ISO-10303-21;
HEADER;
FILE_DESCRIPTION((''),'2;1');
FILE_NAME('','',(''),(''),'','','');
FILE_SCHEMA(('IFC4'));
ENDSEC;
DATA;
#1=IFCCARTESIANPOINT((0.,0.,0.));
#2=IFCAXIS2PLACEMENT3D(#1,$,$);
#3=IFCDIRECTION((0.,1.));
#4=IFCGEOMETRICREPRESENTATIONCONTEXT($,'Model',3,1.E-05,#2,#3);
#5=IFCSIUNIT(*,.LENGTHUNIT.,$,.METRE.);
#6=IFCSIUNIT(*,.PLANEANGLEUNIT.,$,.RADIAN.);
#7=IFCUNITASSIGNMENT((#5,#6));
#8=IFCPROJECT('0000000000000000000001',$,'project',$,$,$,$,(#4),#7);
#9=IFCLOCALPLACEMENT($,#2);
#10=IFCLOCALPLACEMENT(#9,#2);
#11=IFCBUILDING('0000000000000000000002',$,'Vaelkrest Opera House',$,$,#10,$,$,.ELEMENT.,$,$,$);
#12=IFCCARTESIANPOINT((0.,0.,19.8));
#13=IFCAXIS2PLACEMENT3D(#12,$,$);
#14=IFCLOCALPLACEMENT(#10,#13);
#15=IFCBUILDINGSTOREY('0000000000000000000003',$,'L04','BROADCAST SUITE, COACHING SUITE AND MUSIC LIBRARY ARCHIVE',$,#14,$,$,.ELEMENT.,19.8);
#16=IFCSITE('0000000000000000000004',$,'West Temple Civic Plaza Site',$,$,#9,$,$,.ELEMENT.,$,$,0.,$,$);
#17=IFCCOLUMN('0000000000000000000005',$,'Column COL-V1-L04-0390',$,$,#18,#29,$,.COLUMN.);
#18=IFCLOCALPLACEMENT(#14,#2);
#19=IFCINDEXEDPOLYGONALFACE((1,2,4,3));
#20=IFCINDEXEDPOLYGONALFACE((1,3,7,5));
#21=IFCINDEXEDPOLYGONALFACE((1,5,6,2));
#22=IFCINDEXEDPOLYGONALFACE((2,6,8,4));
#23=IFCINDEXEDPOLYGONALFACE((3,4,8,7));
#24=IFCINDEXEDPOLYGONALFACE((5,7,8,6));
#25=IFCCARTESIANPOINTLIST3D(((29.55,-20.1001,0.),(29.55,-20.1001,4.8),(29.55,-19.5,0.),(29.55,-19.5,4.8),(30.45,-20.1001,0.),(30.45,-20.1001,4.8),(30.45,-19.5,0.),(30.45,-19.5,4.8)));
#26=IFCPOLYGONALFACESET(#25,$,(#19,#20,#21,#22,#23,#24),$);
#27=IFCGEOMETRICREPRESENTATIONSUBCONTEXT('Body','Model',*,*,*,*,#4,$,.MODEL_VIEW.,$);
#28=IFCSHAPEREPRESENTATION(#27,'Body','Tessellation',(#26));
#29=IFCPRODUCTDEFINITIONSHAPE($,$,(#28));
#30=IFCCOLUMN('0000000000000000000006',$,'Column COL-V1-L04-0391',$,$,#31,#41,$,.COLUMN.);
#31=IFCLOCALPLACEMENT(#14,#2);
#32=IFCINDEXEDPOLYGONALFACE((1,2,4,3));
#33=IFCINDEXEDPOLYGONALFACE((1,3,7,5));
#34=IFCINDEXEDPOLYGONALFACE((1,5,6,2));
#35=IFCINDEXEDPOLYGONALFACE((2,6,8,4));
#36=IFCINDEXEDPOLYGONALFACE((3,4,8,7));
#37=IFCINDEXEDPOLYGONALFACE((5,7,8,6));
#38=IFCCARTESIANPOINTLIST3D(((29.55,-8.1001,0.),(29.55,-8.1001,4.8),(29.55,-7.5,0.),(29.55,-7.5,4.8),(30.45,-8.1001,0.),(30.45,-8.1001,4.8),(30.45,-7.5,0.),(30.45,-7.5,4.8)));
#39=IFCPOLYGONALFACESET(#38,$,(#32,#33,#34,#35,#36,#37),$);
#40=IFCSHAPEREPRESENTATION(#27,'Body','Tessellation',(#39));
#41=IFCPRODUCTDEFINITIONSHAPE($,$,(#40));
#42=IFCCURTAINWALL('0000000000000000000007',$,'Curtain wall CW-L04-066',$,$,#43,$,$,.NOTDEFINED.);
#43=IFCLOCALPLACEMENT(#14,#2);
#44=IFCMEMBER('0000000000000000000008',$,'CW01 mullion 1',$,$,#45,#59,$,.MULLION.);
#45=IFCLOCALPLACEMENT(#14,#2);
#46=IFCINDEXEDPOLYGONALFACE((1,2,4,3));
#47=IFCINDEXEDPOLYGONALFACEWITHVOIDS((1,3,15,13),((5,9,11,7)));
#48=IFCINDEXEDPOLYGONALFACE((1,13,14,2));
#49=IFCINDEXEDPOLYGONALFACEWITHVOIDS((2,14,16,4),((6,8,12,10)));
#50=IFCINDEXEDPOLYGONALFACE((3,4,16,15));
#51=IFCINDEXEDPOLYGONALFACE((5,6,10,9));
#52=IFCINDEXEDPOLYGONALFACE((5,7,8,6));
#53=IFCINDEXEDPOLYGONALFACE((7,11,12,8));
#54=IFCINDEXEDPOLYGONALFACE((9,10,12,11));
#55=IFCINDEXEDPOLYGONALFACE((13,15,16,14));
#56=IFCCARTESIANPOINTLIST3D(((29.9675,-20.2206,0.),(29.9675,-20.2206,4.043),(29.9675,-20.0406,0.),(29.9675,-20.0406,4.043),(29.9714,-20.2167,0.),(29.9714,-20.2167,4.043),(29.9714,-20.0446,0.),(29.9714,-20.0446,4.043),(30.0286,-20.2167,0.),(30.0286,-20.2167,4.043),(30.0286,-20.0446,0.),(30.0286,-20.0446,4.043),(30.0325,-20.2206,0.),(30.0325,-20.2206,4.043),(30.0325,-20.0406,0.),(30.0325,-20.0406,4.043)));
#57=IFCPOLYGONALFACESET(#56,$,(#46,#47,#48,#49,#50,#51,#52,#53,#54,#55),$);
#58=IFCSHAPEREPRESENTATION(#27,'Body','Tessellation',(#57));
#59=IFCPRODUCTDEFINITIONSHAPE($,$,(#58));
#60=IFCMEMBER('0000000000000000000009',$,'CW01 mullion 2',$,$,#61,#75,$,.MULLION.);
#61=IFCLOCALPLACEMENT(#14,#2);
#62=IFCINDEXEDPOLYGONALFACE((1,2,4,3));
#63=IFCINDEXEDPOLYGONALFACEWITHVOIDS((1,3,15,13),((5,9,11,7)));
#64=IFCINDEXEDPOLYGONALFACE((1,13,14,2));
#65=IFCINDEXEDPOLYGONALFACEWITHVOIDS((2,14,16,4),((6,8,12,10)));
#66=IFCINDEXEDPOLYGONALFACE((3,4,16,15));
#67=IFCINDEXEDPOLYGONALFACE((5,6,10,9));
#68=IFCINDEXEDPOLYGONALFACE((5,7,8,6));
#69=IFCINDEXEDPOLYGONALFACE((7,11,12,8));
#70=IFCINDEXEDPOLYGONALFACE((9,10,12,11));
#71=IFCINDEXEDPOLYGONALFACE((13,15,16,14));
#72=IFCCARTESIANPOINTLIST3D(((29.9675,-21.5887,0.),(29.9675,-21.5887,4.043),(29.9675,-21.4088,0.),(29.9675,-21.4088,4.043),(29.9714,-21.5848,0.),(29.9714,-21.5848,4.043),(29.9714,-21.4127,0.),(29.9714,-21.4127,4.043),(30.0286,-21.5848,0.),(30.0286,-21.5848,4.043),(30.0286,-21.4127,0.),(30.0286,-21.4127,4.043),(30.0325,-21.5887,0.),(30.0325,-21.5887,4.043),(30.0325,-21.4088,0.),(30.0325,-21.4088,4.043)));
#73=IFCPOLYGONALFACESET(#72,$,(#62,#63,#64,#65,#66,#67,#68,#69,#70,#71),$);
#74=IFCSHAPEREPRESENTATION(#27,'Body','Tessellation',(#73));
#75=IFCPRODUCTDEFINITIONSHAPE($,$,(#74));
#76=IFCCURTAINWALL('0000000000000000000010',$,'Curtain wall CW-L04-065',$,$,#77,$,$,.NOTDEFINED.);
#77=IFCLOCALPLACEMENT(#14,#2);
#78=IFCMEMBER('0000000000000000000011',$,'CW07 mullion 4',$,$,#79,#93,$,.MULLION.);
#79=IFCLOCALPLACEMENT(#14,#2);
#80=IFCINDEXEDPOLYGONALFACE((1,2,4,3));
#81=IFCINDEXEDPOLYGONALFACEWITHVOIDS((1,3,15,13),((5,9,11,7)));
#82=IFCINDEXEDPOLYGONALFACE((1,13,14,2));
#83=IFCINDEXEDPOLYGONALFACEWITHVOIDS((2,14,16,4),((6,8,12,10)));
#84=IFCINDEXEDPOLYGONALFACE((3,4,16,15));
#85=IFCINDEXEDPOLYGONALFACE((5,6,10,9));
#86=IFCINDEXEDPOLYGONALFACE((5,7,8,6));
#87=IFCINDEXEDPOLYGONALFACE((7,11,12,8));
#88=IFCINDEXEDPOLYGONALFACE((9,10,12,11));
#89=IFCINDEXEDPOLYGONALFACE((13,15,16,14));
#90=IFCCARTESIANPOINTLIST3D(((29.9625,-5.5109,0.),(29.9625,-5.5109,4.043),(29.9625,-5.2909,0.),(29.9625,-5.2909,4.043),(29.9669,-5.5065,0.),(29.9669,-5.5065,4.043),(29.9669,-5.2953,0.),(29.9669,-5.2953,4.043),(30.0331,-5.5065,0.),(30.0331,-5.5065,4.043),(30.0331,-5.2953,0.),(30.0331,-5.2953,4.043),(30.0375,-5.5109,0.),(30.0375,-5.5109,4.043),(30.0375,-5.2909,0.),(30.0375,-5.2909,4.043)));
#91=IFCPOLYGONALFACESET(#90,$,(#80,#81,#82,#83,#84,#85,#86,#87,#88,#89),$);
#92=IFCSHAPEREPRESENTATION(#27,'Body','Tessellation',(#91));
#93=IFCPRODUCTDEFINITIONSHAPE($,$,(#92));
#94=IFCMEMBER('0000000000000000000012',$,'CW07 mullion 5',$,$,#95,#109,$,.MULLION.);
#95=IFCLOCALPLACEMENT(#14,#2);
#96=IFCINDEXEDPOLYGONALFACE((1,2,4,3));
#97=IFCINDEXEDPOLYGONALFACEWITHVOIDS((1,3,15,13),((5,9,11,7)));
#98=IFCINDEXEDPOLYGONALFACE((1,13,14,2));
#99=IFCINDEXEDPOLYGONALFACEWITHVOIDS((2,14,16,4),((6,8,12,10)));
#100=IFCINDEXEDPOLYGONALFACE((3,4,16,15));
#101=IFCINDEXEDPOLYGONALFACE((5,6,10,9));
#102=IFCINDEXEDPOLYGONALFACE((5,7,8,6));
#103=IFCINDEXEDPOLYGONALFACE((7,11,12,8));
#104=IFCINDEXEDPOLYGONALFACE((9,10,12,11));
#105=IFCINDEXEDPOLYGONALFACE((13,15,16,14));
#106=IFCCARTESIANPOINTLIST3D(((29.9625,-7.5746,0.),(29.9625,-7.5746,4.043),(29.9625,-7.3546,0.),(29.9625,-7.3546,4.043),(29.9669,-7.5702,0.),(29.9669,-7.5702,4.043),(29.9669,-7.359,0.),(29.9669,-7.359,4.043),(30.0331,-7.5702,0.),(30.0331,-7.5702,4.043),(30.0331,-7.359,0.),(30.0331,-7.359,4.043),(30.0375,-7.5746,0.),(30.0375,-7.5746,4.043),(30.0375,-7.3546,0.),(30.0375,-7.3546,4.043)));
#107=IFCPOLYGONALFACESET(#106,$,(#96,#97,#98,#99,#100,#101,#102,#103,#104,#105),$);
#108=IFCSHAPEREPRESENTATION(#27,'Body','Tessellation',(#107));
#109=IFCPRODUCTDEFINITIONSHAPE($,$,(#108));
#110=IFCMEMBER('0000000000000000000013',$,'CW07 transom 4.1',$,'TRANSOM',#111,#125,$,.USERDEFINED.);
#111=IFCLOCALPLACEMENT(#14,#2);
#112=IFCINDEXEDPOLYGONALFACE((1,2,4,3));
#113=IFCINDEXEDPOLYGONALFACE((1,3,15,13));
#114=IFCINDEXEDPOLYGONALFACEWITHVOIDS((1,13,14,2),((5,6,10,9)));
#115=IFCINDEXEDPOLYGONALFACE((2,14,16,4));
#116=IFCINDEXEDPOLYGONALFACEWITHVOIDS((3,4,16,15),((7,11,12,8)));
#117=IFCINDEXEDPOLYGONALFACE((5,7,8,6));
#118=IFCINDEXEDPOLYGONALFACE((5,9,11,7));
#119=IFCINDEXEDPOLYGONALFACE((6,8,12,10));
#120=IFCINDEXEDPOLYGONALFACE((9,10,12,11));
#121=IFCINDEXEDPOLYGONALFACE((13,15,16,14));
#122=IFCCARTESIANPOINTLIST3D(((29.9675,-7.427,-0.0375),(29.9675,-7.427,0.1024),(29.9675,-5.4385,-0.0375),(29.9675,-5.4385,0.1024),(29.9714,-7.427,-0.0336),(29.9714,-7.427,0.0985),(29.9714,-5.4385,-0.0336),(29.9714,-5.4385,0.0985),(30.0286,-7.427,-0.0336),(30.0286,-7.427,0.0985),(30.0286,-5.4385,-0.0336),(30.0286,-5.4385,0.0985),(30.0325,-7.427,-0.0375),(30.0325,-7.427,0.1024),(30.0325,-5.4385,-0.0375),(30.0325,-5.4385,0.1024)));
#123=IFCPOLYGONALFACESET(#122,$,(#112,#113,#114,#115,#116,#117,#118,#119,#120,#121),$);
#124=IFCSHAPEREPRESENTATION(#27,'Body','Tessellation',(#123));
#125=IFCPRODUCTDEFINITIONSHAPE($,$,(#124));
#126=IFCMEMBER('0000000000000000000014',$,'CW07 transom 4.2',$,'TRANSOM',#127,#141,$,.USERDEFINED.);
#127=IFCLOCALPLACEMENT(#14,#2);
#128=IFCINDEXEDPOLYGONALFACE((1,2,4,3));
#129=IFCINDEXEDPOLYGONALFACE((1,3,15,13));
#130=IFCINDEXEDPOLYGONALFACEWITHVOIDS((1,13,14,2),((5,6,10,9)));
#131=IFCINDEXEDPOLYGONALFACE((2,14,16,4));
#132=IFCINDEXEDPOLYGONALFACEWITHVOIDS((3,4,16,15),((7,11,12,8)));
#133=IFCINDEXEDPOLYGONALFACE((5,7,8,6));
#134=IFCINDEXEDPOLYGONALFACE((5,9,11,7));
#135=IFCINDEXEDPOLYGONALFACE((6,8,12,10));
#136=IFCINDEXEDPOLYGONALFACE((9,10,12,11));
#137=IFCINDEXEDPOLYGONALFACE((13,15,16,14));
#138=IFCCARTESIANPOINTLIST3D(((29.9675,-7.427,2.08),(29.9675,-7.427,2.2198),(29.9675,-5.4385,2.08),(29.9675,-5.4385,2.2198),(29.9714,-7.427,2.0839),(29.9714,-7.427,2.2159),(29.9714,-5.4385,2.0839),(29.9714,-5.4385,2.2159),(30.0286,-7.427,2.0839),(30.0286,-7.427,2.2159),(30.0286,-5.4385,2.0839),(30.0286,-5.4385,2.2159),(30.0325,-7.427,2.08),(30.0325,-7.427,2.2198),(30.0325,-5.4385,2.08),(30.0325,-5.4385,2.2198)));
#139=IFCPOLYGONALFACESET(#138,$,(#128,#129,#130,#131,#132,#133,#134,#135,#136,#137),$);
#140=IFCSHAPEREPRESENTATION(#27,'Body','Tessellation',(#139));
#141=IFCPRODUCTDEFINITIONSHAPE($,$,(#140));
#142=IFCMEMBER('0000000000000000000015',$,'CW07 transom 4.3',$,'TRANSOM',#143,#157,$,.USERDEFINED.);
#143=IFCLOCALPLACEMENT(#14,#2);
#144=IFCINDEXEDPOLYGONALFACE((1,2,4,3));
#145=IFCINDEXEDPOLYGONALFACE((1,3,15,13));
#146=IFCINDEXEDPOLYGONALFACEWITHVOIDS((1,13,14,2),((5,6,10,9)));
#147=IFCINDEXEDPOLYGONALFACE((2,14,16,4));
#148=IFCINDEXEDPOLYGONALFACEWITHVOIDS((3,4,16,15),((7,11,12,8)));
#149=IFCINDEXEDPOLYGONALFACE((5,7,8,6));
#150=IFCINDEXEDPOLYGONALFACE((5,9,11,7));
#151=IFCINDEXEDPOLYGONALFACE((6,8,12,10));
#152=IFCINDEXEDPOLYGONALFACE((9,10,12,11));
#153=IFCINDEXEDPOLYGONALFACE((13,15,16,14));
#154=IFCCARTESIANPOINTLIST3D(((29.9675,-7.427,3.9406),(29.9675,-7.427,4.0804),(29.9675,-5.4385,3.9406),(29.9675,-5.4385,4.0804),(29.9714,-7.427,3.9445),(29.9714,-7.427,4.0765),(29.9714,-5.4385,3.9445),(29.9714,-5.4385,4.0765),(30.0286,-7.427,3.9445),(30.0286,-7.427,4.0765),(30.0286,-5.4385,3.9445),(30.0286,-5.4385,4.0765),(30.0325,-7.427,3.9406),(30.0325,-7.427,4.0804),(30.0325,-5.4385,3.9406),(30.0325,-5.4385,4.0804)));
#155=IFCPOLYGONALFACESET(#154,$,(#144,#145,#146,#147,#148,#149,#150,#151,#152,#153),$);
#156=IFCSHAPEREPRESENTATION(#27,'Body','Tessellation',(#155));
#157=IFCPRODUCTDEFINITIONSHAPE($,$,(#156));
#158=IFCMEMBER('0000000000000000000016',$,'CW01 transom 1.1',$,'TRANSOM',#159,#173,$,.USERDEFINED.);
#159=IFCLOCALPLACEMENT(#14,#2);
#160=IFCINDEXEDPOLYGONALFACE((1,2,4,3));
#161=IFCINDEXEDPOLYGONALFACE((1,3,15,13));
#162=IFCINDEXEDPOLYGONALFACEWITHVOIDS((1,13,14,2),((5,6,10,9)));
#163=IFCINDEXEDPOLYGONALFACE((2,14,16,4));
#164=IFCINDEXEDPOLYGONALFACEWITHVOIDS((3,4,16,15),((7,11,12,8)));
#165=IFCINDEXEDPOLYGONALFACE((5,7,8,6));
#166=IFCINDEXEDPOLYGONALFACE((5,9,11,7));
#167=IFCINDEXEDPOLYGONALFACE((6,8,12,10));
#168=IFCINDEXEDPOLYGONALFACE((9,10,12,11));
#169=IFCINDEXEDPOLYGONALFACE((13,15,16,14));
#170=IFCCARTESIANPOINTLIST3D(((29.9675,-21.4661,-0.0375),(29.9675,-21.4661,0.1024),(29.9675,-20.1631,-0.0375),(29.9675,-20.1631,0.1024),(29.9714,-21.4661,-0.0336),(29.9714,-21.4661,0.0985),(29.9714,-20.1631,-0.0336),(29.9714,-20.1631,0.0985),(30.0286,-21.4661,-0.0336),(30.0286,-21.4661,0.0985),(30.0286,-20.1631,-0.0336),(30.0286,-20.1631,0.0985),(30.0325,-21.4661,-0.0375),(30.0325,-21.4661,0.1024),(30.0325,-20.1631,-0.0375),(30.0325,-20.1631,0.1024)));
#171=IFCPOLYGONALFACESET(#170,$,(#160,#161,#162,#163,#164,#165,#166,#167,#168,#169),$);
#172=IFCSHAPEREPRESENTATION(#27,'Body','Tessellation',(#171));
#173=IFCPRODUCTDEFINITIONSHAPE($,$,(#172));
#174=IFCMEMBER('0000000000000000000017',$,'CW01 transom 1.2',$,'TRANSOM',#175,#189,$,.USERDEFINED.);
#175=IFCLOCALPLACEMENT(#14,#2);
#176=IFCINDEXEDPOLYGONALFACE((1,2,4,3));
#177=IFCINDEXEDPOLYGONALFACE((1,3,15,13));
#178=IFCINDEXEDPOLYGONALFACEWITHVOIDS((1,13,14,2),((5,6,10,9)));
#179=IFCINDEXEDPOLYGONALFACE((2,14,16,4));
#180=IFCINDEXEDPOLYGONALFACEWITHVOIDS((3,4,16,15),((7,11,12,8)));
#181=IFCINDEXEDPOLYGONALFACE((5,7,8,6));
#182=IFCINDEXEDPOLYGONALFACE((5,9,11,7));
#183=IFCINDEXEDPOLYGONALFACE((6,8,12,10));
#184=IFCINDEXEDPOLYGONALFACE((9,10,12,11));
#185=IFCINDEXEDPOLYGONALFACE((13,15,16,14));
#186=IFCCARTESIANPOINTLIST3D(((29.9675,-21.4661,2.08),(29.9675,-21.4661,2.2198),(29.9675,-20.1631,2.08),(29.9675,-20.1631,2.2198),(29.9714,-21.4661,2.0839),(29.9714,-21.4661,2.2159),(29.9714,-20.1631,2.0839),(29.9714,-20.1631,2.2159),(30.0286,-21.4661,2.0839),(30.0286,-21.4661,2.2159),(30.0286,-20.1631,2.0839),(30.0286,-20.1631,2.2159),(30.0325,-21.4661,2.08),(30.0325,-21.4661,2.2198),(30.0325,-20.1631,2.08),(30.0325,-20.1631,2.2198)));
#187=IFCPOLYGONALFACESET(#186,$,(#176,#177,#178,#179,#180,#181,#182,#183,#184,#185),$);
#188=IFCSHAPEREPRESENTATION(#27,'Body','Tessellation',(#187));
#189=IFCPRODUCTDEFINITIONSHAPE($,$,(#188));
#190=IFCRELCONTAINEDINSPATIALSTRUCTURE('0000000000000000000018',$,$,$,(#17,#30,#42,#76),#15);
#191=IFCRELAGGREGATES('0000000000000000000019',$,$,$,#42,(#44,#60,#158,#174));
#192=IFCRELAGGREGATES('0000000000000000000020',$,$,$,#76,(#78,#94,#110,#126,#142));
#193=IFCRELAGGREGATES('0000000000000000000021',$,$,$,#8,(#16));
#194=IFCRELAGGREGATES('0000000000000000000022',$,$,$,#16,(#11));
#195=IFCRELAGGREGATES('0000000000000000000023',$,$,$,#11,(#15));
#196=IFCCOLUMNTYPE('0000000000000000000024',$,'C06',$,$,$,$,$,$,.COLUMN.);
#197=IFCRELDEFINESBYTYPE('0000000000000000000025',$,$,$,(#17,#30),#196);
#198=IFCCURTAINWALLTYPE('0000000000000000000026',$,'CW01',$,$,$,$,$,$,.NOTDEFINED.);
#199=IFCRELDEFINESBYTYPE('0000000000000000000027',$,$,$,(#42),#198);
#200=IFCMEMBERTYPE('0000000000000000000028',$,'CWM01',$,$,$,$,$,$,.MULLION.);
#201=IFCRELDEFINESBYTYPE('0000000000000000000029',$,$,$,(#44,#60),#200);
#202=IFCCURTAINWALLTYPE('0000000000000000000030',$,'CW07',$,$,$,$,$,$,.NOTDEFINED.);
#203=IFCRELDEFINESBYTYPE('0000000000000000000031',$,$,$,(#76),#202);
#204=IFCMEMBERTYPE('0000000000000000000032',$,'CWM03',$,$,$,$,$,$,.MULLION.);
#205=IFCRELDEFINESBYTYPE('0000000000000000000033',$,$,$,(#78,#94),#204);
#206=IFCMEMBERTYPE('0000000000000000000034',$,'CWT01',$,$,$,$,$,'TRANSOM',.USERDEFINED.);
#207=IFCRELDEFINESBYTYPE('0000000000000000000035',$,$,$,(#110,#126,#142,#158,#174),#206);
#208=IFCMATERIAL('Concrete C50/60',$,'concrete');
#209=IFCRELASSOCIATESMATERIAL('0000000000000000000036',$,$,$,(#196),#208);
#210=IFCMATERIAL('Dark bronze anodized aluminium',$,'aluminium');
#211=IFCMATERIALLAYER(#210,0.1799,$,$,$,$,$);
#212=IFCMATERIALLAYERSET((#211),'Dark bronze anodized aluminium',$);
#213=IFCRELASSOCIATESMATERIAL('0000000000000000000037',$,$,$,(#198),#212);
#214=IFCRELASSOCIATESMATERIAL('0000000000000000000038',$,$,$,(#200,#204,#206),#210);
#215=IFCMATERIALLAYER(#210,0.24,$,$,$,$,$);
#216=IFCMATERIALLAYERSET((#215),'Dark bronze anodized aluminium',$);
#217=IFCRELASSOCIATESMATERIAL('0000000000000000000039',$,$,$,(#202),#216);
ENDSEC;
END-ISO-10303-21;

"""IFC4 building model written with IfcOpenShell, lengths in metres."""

from ifc_helpers import new_model, si_unit, direction, frame, origin, origin_2d, place, context, subcontext, project, spatial, rectangle, hollow_rectangle, extrude, material, layer, layer_set, material_profile, profile_set, type_object, element, aggregate, save


model = new_model("IFC4")

# Units and contexts
model_context = context("Model", 3, precision=1e-05, world=origin(), true_north=direction((0.0, 1.0)))
body_context = subcontext(model_context, "Body", "Model", "MODEL_VIEW")
ifc_project = project(units=[si_unit("LENGTHUNIT", "METRE"), si_unit("PLANEANGLEUNIT", "RADIAN")], contexts=[model_context])

# Site, building, storey
site_placement = place(None, origin())
site = spatial("IfcSite", under=ifc_project, at=site_placement, Name="West Temple Civic Plaza Site", CompositionType="ELEMENT", RefElevation=0.0)
building_placement = place(site_placement, origin())
building = spatial("IfcBuilding", under=site, at=building_placement, Name="Vaelkrest Opera House", CompositionType="ELEMENT")
storey_placement = place(building_placement, frame((0.0, 0.0, 19.8)))
storey = spatial("IfcBuildingStorey", under=building, at=storey_placement, Name="L04", Description="BROADCAST SUITE, COACHING SUITE AND MUSIC LIBRARY ARCHIVE", CompositionType="ELEMENT", Elevation=19.8)

# Columns
ifc_material_1 = material(Name="Concrete C50/60", Category="concrete")
ifc_material_profile_1 = material_profile(ifc_material_1, rectangle(XDim=0.6001, YDim=0.8999, at=origin_2d()), Name="RC600X900")
ifc_profile_set_1 = profile_set([ifc_material_profile_1], Name="Concrete C50/60")
column_type = type_object("IfcColumnType", Name="C06", PredefinedType="COLUMN", material=ifc_profile_set_1)
for number, where, z_axis, x_axis, name in (
    (1, (30.0, -19.8, 0.0), (0.0, 0.0, 1.0), (0.0, 1.0, 0.0), "Column COL-V1-L04-0390"),
    (2, (30.0, -7.8, 0.0), (0.0, 0.0, 1.0), (0.0, 1.0, 0.0), "Column COL-V1-L04-0391"),
):
    element("IfcColumn", number, at=place(storey_placement, frame(where, z_axis=z_axis, x_axis=x_axis)), inside=storey, type_object=column_type, Name=name, PredefinedType="COLUMN", context=body_context, shape_type="SweptSolid", body=[
        extrude(rectangle(XDim=0.6001, YDim=0.8999, at=origin_2d()), origin(), (0.0, 0.0, 1.0), 4.8),
    ])

# Curtain walls, members
ifc_material_2 = material(Name="Dark bronze anodized aluminium", Category="aluminium")
ifc_layer_1 = layer(ifc_material_2, 0.1799)
ifc_layer_set_1 = layer_set([ifc_layer_1], Name="Dark bronze anodized aluminium")
curtain_wall_type_1 = type_object("IfcCurtainWallType", Name="CW01", PredefinedType="NOTDEFINED", material=ifc_layer_set_1)
curtain_wall_1_placement = place(storey_placement, origin())
curtain_wall_1 = element("IfcCurtainWall", 3, at=curtain_wall_1_placement, inside=storey, type_object=curtain_wall_type_1, Name="Curtain wall CW-L04-066", PredefinedType="NOTDEFINED")
ifc_material_profile_2 = material_profile(ifc_material_2, hollow_rectangle(XDim=0.0649, YDim=0.1799, WallThickness=0.0039, at=origin_2d()), Name="CWM65X180")
ifc_profile_set_2 = profile_set([ifc_material_profile_2], Name="Dark bronze anodized aluminium")
member_type_1 = type_object("IfcMemberType", Name="CWM01", PredefinedType="MULLION", material=ifc_profile_set_2)
member_1_placement = place(storey_placement, frame((30.0, -20.1306, 0.0), z_axis=(0.0, 0.0, 1.0), x_axis=(1.0, 0.0, 0.0)))
member_1 = element("IfcMember", 4, at=member_1_placement, type_object=member_type_1, Name="CW01 mullion 1", PredefinedType="MULLION", context=body_context, shape_type="SweptSolid", body=[
    extrude(hollow_rectangle(XDim=0.0649, YDim=0.1799, WallThickness=0.0039, at=origin_2d()), origin(), (0.0, 0.0, 1.0), 4.043),
])
member_2_placement = place(storey_placement, frame((30.0, -21.4988, 0.0), z_axis=(0.0, 0.0, 1.0), x_axis=(1.0, 0.0, 0.0)))
member_2 = element("IfcMember", 5, at=member_2_placement, type_object=member_type_1, Name="CW01 mullion 2", PredefinedType="MULLION", context=body_context, shape_type="SweptSolid", body=[
    extrude(hollow_rectangle(XDim=0.0649, YDim=0.1799, WallThickness=0.0039, at=origin_2d()), origin(), (0.0, 0.0, 1.0), 4.043),
])
ifc_layer_2 = layer(ifc_material_2, 0.24)
ifc_layer_set_2 = layer_set([ifc_layer_2], Name="Dark bronze anodized aluminium")
curtain_wall_type_2 = type_object("IfcCurtainWallType", Name="CW07", PredefinedType="NOTDEFINED", material=ifc_layer_set_2)
curtain_wall_2_placement = place(storey_placement, origin())
curtain_wall_2 = element("IfcCurtainWall", 6, at=curtain_wall_2_placement, inside=storey, type_object=curtain_wall_type_2, Name="Curtain wall CW-L04-065", PredefinedType="NOTDEFINED")
ifc_material_profile_3 = material_profile(ifc_material_2, hollow_rectangle(XDim=0.075, YDim=0.22, WallThickness=0.0044, at=origin_2d()), Name="CWM75X220")
ifc_profile_set_3 = profile_set([ifc_material_profile_3], Name="Dark bronze anodized aluminium")
member_type_2 = type_object("IfcMemberType", Name="CWM03", PredefinedType="MULLION", material=ifc_profile_set_3)
member_3_placement = place(storey_placement, frame((30.0, -5.4009, 0.0), z_axis=(0.0, 0.0, 1.0), x_axis=(1.0, 0.0, 0.0)))
member_3 = element("IfcMember", 7, at=member_3_placement, type_object=member_type_2, Name="CW07 mullion 4", PredefinedType="MULLION", context=body_context, shape_type="SweptSolid", body=[
    extrude(hollow_rectangle(XDim=0.075, YDim=0.22, WallThickness=0.0044, at=origin_2d()), origin(), (0.0, 0.0, 1.0), 4.043),
])
member_4_placement = place(storey_placement, frame((30.0, -7.4646, 0.0), z_axis=(0.0, 0.0, 1.0), x_axis=(1.0, 0.0, 0.0)))
member_4 = element("IfcMember", 8, at=member_4_placement, type_object=member_type_2, Name="CW07 mullion 5", PredefinedType="MULLION", context=body_context, shape_type="SweptSolid", body=[
    extrude(hollow_rectangle(XDim=0.075, YDim=0.22, WallThickness=0.0044, at=origin_2d()), origin(), (0.0, 0.0, 1.0), 4.043),
])
ifc_material_profile_4 = material_profile(ifc_material_2, hollow_rectangle(XDim=0.0649, YDim=0.1399, WallThickness=0.0039, at=origin_2d()), Name="CWT65X140")
ifc_profile_set_4 = profile_set([ifc_material_profile_4], Name="Dark bronze anodized aluminium")
member_type_3 = type_object("IfcMemberType", Name="CWT01", ElementType="TRANSOM", PredefinedType="USERDEFINED", material=ifc_profile_set_4)
member_5_placement = place(storey_placement, frame((30.0, -5.4385, 0.0325), z_axis=(0.0, -1.0, 0.0), x_axis=(1.0, 0.0, 0.0)))
member_5 = element("IfcMember", 9, at=member_5_placement, type_object=member_type_3, Name="CW07 transom 4.1", ObjectType="TRANSOM", PredefinedType="USERDEFINED", context=body_context, shape_type="SweptSolid", body=[
    extrude(hollow_rectangle(XDim=0.0649, YDim=0.1399, WallThickness=0.0039, at=origin_2d()), origin(), (0.0, 0.0, 1.0), 1.9885),
])
member_6_placement = place(storey_placement, frame((30.0, -5.4385, 2.1499), z_axis=(0.0, -1.0, 0.0), x_axis=(1.0, 0.0, 0.0)))
member_6 = element("IfcMember", 10, at=member_6_placement, type_object=member_type_3, Name="CW07 transom 4.2", ObjectType="TRANSOM", PredefinedType="USERDEFINED", context=body_context, shape_type="SweptSolid", body=[
    extrude(hollow_rectangle(XDim=0.0649, YDim=0.1399, WallThickness=0.0039, at=origin_2d()), origin(), (0.0, 0.0, 1.0), 1.9885),
])
member_7_placement = place(storey_placement, frame((30.0, -5.4385, 4.0105), z_axis=(0.0, -1.0, 0.0), x_axis=(1.0, 0.0, 0.0)))
member_7 = element("IfcMember", 11, at=member_7_placement, type_object=member_type_3, Name="CW07 transom 4.3", ObjectType="TRANSOM", PredefinedType="USERDEFINED", context=body_context, shape_type="SweptSolid", body=[
    extrude(hollow_rectangle(XDim=0.0649, YDim=0.1399, WallThickness=0.0039, at=origin_2d()), origin(), (0.0, 0.0, 1.0), 1.9885),
])

# Members
member_8_placement = place(storey_placement, frame((30.0, -20.1631, 0.0325), z_axis=(0.0, -1.0, 0.0), x_axis=(1.0, 0.0, 0.0)))
member_8 = element("IfcMember", 12, at=member_8_placement, type_object=member_type_3, Name="CW01 transom 1.1", ObjectType="TRANSOM", PredefinedType="USERDEFINED", context=body_context, shape_type="SweptSolid", body=[
    extrude(hollow_rectangle(XDim=0.0649, YDim=0.1399, WallThickness=0.0039, at=origin_2d()), origin(), (0.0, 0.0, 1.0), 1.303),
])
member_9_placement = place(storey_placement, frame((30.0, -20.1631, 2.1499), z_axis=(0.0, -1.0, 0.0), x_axis=(1.0, 0.0, 0.0)))
member_9 = element("IfcMember", 13, at=member_9_placement, type_object=member_type_3, Name="CW01 transom 1.2", ObjectType="TRANSOM", PredefinedType="USERDEFINED", context=body_context, shape_type="SweptSolid", body=[
    extrude(hollow_rectangle(XDim=0.0649, YDim=0.1399, WallThickness=0.0039, at=origin_2d()), origin(), (0.0, 0.0, 1.0), 1.303),
])

aggregate(curtain_wall_1, [member_1, member_2, member_8, member_9])
aggregate(curtain_wall_2, [member_3, member_4, member_5, member_6, member_7])

save(model, "model.ifc")
